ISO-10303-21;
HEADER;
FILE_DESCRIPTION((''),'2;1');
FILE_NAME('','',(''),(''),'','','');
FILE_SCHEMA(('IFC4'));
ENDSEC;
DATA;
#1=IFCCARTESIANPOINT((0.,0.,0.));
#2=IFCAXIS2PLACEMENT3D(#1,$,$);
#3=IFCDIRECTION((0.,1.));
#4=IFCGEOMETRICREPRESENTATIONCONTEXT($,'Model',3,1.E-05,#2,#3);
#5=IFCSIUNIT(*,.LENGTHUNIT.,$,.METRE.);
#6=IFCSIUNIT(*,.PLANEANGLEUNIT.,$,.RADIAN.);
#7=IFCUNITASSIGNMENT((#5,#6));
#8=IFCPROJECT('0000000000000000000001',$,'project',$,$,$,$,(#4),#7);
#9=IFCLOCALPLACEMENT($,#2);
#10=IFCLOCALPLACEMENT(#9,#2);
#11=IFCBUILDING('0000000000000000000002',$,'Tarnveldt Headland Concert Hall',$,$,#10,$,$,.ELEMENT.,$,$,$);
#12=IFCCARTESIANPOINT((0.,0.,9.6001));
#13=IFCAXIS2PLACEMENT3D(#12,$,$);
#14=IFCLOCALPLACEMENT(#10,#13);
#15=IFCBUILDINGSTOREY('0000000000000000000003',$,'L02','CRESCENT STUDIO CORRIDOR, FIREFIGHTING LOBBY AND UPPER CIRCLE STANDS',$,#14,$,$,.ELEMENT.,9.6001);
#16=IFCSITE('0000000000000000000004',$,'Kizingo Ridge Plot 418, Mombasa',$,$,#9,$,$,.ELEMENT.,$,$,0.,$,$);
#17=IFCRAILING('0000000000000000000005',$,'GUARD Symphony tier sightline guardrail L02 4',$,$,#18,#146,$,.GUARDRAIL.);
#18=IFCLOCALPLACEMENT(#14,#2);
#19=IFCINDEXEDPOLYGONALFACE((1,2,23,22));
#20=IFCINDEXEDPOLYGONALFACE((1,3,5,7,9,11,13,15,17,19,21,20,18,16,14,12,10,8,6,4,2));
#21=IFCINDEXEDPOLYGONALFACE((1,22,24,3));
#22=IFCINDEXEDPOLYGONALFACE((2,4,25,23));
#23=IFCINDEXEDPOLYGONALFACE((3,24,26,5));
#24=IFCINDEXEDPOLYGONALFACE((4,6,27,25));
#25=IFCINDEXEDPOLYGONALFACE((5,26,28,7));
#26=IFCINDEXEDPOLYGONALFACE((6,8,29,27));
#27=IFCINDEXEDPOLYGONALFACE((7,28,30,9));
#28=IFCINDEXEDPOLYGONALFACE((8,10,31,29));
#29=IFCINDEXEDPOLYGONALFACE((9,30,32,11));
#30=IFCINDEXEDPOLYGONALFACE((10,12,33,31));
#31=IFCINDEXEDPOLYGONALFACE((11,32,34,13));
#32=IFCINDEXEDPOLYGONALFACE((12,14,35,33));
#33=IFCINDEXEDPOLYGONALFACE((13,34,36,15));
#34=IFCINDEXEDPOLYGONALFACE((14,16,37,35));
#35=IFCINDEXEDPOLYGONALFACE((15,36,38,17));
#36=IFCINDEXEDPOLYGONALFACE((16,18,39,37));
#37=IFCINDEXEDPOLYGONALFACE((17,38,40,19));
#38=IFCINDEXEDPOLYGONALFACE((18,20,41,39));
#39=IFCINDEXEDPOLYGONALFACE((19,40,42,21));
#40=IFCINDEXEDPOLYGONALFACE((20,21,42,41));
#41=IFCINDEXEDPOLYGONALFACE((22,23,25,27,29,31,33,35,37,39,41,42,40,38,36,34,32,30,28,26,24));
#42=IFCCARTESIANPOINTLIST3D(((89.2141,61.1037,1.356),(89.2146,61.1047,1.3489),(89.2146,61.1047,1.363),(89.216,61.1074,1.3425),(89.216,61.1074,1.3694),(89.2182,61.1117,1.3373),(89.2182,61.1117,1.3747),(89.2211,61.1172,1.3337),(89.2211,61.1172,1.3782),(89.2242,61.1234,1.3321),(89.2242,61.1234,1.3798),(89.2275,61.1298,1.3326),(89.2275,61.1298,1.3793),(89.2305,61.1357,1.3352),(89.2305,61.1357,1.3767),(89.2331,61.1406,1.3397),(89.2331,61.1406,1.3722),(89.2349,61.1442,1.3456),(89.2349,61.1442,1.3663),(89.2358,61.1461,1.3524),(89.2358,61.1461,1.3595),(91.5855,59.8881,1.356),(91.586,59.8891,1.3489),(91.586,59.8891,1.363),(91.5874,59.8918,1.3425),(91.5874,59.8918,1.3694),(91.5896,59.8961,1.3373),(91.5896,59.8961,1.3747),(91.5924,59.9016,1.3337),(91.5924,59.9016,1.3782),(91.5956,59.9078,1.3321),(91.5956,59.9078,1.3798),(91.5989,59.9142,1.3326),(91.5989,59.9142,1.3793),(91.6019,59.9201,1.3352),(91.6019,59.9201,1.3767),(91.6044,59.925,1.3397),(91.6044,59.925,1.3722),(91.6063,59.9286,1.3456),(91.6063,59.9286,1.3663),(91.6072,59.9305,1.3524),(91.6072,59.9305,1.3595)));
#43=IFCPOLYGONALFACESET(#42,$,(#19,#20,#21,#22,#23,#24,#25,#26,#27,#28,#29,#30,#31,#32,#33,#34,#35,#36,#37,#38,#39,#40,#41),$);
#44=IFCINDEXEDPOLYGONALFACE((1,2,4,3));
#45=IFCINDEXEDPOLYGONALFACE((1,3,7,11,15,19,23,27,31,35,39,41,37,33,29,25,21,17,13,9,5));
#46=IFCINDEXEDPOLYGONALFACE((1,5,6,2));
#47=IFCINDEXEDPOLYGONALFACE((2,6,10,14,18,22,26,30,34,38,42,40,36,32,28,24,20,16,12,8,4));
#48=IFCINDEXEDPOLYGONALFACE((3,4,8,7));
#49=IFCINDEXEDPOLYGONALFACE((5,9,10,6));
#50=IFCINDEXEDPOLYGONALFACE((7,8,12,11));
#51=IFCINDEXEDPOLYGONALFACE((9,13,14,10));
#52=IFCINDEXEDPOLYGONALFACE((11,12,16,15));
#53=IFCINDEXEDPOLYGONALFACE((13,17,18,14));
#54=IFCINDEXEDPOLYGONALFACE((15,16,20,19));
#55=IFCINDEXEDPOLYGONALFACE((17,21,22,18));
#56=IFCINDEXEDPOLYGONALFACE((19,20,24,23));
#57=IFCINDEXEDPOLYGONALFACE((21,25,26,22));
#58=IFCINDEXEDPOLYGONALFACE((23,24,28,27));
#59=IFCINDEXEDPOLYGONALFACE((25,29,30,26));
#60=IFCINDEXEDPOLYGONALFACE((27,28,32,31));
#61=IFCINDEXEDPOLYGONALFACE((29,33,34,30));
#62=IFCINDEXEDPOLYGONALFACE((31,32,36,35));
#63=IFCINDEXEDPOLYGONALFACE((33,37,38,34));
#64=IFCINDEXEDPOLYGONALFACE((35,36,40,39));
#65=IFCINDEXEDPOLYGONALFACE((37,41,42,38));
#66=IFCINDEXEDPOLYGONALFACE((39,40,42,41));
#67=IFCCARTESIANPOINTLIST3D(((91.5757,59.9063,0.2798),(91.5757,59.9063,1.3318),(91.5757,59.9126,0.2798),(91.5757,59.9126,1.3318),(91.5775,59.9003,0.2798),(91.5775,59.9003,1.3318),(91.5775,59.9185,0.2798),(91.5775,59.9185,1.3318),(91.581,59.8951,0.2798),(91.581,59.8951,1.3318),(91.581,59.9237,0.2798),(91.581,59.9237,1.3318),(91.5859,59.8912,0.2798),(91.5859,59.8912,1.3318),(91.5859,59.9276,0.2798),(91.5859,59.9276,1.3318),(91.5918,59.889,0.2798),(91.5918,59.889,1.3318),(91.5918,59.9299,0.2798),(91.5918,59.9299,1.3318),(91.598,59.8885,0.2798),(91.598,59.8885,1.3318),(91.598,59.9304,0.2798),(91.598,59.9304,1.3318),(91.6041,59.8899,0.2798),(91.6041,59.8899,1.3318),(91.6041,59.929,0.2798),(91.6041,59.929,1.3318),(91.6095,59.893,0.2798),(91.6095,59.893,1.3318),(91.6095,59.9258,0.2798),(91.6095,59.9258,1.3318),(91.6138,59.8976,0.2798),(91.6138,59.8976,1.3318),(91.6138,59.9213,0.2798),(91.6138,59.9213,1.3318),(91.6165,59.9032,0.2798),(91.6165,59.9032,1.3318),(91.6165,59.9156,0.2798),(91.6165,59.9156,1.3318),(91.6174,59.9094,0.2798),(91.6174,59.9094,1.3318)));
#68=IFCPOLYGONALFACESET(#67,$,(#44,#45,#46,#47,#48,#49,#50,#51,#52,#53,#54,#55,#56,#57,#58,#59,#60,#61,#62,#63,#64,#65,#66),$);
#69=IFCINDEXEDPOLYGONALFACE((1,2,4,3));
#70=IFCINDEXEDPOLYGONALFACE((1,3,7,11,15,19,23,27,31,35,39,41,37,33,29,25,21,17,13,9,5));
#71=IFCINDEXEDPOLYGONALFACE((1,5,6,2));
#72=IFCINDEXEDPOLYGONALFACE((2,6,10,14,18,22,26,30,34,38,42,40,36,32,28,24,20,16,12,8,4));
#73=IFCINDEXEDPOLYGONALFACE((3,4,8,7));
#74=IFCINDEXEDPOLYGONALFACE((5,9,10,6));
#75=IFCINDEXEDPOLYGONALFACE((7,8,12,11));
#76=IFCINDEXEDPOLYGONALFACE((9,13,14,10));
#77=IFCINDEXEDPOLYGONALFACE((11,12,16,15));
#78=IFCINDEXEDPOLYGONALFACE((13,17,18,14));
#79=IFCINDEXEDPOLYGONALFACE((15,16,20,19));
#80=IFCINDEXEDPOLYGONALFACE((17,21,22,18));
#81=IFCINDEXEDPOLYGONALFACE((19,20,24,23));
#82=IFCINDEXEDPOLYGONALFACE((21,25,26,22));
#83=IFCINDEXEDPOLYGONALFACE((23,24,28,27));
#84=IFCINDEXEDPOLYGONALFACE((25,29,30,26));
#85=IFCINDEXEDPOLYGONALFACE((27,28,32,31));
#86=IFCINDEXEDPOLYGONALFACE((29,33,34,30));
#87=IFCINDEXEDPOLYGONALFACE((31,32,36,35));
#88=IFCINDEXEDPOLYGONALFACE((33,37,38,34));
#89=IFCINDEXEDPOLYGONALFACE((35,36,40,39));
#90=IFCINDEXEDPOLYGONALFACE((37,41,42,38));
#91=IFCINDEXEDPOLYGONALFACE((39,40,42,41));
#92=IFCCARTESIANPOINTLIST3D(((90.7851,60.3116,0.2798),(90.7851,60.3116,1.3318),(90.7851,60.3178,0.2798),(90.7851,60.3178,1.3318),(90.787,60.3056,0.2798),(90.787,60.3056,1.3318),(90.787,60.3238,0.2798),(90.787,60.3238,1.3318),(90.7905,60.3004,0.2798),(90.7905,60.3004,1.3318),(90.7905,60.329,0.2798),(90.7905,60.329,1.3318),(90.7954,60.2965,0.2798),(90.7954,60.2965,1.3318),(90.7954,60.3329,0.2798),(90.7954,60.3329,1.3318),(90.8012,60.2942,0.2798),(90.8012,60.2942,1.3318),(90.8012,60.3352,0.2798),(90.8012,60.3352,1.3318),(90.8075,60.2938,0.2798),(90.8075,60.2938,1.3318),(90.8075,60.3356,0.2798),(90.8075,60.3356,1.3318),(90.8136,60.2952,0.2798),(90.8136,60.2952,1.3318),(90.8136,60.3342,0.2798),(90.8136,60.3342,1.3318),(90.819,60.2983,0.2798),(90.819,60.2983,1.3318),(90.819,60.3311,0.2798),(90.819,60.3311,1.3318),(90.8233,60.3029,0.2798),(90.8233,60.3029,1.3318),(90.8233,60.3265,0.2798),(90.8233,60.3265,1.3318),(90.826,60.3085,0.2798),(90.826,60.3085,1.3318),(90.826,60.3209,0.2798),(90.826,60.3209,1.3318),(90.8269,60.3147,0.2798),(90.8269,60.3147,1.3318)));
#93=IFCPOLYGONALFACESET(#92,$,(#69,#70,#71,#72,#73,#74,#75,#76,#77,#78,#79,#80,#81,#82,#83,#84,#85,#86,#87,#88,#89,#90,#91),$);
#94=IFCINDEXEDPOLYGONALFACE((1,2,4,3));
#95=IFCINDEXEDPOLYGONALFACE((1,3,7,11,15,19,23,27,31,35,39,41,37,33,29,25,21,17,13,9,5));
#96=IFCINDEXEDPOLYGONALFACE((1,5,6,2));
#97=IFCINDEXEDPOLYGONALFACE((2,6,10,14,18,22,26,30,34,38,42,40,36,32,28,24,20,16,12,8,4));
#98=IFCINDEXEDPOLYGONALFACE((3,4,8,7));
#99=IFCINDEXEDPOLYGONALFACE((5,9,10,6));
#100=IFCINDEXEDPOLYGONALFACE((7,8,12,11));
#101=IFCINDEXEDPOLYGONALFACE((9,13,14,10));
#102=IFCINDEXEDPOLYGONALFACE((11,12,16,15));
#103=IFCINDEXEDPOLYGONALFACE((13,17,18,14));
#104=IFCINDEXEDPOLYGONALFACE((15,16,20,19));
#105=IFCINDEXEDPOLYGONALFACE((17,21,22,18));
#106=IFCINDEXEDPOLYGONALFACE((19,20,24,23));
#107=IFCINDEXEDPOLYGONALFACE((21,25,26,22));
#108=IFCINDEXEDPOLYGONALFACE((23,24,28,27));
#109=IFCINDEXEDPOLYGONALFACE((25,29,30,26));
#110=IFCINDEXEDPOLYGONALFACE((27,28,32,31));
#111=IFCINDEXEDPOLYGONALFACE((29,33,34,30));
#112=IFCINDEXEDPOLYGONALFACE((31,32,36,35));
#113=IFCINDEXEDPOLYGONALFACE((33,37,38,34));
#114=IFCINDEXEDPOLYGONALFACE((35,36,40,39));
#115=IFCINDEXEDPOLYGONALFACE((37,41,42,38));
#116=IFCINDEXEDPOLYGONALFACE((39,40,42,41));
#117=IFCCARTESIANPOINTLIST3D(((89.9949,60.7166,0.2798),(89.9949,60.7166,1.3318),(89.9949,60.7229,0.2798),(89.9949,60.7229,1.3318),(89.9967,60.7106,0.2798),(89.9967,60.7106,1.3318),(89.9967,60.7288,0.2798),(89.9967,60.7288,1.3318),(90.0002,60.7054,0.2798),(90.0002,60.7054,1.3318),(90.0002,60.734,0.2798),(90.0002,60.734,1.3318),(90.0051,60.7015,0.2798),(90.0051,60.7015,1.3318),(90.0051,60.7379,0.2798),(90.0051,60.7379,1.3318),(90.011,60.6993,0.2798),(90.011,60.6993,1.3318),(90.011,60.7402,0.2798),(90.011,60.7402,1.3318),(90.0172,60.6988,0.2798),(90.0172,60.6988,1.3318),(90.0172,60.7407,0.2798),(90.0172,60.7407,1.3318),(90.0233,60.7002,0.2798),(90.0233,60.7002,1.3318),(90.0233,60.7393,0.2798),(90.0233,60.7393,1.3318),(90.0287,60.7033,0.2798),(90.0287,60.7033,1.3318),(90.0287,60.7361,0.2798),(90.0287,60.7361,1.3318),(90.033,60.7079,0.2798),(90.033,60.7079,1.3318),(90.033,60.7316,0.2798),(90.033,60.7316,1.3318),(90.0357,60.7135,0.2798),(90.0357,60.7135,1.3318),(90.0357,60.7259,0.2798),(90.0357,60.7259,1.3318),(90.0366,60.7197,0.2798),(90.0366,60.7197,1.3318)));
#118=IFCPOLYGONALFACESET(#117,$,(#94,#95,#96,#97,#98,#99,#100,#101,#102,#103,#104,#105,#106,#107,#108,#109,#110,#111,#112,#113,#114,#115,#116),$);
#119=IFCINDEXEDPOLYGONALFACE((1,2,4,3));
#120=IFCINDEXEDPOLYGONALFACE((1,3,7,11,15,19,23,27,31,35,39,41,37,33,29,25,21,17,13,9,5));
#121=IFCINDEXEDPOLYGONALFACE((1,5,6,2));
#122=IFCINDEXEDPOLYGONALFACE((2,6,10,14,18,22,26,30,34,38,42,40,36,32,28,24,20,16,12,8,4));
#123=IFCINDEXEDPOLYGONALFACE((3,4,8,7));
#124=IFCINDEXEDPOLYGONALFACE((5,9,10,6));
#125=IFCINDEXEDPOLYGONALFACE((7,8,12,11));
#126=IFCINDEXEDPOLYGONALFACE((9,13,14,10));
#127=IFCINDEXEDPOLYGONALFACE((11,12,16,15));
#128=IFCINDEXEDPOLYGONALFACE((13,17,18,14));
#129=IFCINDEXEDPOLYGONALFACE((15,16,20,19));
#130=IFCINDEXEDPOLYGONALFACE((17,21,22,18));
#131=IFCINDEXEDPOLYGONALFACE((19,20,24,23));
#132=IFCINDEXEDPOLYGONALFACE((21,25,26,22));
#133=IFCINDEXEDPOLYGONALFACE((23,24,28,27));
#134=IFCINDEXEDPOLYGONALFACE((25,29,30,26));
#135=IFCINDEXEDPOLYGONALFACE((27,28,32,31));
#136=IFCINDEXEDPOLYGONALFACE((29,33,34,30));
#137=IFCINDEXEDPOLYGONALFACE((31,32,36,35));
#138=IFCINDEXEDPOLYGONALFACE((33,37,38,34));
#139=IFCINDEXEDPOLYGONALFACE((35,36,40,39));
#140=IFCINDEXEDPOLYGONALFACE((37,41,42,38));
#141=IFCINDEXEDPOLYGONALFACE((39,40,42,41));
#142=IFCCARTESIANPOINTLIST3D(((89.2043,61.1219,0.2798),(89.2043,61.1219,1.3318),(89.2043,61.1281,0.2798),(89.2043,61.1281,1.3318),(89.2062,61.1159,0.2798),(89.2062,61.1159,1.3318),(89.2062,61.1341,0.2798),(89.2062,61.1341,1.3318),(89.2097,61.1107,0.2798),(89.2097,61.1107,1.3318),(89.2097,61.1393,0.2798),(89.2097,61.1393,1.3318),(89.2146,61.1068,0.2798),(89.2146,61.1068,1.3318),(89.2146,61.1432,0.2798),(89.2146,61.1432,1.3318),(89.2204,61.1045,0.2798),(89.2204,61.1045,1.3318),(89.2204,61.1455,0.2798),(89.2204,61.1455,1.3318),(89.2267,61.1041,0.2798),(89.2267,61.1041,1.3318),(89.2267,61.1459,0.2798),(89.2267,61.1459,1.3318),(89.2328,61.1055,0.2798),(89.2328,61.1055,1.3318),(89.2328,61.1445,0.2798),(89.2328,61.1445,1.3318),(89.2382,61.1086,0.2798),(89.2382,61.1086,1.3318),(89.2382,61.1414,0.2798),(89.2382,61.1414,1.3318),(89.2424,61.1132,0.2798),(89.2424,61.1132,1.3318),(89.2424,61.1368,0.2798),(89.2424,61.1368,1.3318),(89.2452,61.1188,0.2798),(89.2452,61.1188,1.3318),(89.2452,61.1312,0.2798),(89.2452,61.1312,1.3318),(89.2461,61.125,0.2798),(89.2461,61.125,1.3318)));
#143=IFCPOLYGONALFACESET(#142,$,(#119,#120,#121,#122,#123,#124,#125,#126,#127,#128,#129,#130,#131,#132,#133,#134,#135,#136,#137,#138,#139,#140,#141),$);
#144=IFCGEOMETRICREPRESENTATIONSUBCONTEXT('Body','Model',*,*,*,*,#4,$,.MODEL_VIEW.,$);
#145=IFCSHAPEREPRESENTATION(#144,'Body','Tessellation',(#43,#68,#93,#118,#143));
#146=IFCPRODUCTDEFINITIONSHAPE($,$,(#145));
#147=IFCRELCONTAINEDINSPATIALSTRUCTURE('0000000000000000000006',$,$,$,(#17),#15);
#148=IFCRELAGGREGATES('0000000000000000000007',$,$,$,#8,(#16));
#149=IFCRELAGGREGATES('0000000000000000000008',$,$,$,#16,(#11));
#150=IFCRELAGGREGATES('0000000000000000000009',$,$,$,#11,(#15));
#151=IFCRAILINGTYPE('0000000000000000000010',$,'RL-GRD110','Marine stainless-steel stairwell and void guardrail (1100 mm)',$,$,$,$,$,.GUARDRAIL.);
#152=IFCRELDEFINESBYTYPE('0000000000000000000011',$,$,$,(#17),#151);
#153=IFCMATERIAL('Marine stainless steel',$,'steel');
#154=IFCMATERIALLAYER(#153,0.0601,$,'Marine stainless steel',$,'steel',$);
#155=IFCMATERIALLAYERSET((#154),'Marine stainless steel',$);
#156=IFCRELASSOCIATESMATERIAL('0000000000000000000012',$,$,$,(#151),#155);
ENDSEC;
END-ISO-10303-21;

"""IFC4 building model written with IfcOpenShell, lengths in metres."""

from ifc_helpers import new_model, si_unit, direction, frame, origin, origin_2d, place, context, subcontext, project, spatial, circle, extrude, material, layer, layer_set, type_object, element, save


model = new_model("IFC4")

# Units and contexts
model_context = context("Model", 3, precision=1e-05, world=origin(), true_north=direction((0.0, 1.0)))
body_context = subcontext(model_context, "Body", "Model", "MODEL_VIEW")
ifc_project = project(units=[si_unit("LENGTHUNIT", "METRE"), si_unit("PLANEANGLEUNIT", "RADIAN")], contexts=[model_context])

# Site, building, storey
site_placement = place(None, origin())
site = spatial("IfcSite", under=ifc_project, at=site_placement, Name="Kizingo Ridge Plot 418, Mombasa", CompositionType="ELEMENT", RefElevation=0.0)
building_placement = place(site_placement, origin())
building = spatial("IfcBuilding", under=site, at=building_placement, Name="Tarnveldt Headland Concert Hall", CompositionType="ELEMENT")
storey_placement = place(building_placement, frame((0.0, 0.0, 9.6001)))
storey = spatial("IfcBuildingStorey", under=building, at=storey_placement, Name="L02", Description="CRESCENT STUDIO CORRIDOR, FIREFIGHTING LOBBY AND UPPER CIRCLE STANDS", CompositionType="ELEMENT", Elevation=9.6001)

# Railing
ifc_material_1 = material(Name="Marine stainless steel", Category="steel")
ifc_layer_1 = layer(ifc_material_1, 0.0601, Name="Marine stainless steel", Category="steel")
ifc_layer_set_1 = layer_set([ifc_layer_1], Name="Marine stainless steel")
railing_type = type_object("IfcRailingType", Name="RL-GRD110", Description="Marine stainless-steel stairwell and void guardrail (1100 mm)", PredefinedType="GUARDRAIL", material=ifc_layer_set_1)
railing_1_placement = place(storey_placement, frame((91.5964, 59.9094, 0.2798)))
element("IfcRailing", 1, at=railing_1_placement, inside=storey, type_object=railing_type, Name="GUARD Symphony tier sightline guardrail L02 4", PredefinedType="GUARDRAIL", context=body_context, shape_type="SweptSolid", body=[
    extrude(circle(Radius=0.0239, at=origin_2d()), frame((0.0, 0.0, 1.0762), z_axis=(-0.889893, 0.45617, 0.0), x_axis=(-0.45617, -0.889893, 0.0)), (0.0, 0.0, 1.0), 2.6648),
    extrude(circle(Radius=0.021, at=origin_2d()), origin(), (0.0, 0.0, 1.0), 1.052),
    extrude(circle(Radius=0.021, at=origin_2d()), frame((-0.7905, 0.4053, 0.0)), (0.0, 0.0, 1.0), 1.052),
    extrude(circle(Radius=0.021, at=origin_2d()), frame((-1.5808, 0.8103, 0.0)), (0.0, 0.0, 1.0), 1.052),
    extrude(circle(Radius=0.021, at=origin_2d()), frame((-2.3713, 1.2156, 0.0)), (0.0, 0.0, 1.0), 1.052),
])

save(model, "model.ifc")
